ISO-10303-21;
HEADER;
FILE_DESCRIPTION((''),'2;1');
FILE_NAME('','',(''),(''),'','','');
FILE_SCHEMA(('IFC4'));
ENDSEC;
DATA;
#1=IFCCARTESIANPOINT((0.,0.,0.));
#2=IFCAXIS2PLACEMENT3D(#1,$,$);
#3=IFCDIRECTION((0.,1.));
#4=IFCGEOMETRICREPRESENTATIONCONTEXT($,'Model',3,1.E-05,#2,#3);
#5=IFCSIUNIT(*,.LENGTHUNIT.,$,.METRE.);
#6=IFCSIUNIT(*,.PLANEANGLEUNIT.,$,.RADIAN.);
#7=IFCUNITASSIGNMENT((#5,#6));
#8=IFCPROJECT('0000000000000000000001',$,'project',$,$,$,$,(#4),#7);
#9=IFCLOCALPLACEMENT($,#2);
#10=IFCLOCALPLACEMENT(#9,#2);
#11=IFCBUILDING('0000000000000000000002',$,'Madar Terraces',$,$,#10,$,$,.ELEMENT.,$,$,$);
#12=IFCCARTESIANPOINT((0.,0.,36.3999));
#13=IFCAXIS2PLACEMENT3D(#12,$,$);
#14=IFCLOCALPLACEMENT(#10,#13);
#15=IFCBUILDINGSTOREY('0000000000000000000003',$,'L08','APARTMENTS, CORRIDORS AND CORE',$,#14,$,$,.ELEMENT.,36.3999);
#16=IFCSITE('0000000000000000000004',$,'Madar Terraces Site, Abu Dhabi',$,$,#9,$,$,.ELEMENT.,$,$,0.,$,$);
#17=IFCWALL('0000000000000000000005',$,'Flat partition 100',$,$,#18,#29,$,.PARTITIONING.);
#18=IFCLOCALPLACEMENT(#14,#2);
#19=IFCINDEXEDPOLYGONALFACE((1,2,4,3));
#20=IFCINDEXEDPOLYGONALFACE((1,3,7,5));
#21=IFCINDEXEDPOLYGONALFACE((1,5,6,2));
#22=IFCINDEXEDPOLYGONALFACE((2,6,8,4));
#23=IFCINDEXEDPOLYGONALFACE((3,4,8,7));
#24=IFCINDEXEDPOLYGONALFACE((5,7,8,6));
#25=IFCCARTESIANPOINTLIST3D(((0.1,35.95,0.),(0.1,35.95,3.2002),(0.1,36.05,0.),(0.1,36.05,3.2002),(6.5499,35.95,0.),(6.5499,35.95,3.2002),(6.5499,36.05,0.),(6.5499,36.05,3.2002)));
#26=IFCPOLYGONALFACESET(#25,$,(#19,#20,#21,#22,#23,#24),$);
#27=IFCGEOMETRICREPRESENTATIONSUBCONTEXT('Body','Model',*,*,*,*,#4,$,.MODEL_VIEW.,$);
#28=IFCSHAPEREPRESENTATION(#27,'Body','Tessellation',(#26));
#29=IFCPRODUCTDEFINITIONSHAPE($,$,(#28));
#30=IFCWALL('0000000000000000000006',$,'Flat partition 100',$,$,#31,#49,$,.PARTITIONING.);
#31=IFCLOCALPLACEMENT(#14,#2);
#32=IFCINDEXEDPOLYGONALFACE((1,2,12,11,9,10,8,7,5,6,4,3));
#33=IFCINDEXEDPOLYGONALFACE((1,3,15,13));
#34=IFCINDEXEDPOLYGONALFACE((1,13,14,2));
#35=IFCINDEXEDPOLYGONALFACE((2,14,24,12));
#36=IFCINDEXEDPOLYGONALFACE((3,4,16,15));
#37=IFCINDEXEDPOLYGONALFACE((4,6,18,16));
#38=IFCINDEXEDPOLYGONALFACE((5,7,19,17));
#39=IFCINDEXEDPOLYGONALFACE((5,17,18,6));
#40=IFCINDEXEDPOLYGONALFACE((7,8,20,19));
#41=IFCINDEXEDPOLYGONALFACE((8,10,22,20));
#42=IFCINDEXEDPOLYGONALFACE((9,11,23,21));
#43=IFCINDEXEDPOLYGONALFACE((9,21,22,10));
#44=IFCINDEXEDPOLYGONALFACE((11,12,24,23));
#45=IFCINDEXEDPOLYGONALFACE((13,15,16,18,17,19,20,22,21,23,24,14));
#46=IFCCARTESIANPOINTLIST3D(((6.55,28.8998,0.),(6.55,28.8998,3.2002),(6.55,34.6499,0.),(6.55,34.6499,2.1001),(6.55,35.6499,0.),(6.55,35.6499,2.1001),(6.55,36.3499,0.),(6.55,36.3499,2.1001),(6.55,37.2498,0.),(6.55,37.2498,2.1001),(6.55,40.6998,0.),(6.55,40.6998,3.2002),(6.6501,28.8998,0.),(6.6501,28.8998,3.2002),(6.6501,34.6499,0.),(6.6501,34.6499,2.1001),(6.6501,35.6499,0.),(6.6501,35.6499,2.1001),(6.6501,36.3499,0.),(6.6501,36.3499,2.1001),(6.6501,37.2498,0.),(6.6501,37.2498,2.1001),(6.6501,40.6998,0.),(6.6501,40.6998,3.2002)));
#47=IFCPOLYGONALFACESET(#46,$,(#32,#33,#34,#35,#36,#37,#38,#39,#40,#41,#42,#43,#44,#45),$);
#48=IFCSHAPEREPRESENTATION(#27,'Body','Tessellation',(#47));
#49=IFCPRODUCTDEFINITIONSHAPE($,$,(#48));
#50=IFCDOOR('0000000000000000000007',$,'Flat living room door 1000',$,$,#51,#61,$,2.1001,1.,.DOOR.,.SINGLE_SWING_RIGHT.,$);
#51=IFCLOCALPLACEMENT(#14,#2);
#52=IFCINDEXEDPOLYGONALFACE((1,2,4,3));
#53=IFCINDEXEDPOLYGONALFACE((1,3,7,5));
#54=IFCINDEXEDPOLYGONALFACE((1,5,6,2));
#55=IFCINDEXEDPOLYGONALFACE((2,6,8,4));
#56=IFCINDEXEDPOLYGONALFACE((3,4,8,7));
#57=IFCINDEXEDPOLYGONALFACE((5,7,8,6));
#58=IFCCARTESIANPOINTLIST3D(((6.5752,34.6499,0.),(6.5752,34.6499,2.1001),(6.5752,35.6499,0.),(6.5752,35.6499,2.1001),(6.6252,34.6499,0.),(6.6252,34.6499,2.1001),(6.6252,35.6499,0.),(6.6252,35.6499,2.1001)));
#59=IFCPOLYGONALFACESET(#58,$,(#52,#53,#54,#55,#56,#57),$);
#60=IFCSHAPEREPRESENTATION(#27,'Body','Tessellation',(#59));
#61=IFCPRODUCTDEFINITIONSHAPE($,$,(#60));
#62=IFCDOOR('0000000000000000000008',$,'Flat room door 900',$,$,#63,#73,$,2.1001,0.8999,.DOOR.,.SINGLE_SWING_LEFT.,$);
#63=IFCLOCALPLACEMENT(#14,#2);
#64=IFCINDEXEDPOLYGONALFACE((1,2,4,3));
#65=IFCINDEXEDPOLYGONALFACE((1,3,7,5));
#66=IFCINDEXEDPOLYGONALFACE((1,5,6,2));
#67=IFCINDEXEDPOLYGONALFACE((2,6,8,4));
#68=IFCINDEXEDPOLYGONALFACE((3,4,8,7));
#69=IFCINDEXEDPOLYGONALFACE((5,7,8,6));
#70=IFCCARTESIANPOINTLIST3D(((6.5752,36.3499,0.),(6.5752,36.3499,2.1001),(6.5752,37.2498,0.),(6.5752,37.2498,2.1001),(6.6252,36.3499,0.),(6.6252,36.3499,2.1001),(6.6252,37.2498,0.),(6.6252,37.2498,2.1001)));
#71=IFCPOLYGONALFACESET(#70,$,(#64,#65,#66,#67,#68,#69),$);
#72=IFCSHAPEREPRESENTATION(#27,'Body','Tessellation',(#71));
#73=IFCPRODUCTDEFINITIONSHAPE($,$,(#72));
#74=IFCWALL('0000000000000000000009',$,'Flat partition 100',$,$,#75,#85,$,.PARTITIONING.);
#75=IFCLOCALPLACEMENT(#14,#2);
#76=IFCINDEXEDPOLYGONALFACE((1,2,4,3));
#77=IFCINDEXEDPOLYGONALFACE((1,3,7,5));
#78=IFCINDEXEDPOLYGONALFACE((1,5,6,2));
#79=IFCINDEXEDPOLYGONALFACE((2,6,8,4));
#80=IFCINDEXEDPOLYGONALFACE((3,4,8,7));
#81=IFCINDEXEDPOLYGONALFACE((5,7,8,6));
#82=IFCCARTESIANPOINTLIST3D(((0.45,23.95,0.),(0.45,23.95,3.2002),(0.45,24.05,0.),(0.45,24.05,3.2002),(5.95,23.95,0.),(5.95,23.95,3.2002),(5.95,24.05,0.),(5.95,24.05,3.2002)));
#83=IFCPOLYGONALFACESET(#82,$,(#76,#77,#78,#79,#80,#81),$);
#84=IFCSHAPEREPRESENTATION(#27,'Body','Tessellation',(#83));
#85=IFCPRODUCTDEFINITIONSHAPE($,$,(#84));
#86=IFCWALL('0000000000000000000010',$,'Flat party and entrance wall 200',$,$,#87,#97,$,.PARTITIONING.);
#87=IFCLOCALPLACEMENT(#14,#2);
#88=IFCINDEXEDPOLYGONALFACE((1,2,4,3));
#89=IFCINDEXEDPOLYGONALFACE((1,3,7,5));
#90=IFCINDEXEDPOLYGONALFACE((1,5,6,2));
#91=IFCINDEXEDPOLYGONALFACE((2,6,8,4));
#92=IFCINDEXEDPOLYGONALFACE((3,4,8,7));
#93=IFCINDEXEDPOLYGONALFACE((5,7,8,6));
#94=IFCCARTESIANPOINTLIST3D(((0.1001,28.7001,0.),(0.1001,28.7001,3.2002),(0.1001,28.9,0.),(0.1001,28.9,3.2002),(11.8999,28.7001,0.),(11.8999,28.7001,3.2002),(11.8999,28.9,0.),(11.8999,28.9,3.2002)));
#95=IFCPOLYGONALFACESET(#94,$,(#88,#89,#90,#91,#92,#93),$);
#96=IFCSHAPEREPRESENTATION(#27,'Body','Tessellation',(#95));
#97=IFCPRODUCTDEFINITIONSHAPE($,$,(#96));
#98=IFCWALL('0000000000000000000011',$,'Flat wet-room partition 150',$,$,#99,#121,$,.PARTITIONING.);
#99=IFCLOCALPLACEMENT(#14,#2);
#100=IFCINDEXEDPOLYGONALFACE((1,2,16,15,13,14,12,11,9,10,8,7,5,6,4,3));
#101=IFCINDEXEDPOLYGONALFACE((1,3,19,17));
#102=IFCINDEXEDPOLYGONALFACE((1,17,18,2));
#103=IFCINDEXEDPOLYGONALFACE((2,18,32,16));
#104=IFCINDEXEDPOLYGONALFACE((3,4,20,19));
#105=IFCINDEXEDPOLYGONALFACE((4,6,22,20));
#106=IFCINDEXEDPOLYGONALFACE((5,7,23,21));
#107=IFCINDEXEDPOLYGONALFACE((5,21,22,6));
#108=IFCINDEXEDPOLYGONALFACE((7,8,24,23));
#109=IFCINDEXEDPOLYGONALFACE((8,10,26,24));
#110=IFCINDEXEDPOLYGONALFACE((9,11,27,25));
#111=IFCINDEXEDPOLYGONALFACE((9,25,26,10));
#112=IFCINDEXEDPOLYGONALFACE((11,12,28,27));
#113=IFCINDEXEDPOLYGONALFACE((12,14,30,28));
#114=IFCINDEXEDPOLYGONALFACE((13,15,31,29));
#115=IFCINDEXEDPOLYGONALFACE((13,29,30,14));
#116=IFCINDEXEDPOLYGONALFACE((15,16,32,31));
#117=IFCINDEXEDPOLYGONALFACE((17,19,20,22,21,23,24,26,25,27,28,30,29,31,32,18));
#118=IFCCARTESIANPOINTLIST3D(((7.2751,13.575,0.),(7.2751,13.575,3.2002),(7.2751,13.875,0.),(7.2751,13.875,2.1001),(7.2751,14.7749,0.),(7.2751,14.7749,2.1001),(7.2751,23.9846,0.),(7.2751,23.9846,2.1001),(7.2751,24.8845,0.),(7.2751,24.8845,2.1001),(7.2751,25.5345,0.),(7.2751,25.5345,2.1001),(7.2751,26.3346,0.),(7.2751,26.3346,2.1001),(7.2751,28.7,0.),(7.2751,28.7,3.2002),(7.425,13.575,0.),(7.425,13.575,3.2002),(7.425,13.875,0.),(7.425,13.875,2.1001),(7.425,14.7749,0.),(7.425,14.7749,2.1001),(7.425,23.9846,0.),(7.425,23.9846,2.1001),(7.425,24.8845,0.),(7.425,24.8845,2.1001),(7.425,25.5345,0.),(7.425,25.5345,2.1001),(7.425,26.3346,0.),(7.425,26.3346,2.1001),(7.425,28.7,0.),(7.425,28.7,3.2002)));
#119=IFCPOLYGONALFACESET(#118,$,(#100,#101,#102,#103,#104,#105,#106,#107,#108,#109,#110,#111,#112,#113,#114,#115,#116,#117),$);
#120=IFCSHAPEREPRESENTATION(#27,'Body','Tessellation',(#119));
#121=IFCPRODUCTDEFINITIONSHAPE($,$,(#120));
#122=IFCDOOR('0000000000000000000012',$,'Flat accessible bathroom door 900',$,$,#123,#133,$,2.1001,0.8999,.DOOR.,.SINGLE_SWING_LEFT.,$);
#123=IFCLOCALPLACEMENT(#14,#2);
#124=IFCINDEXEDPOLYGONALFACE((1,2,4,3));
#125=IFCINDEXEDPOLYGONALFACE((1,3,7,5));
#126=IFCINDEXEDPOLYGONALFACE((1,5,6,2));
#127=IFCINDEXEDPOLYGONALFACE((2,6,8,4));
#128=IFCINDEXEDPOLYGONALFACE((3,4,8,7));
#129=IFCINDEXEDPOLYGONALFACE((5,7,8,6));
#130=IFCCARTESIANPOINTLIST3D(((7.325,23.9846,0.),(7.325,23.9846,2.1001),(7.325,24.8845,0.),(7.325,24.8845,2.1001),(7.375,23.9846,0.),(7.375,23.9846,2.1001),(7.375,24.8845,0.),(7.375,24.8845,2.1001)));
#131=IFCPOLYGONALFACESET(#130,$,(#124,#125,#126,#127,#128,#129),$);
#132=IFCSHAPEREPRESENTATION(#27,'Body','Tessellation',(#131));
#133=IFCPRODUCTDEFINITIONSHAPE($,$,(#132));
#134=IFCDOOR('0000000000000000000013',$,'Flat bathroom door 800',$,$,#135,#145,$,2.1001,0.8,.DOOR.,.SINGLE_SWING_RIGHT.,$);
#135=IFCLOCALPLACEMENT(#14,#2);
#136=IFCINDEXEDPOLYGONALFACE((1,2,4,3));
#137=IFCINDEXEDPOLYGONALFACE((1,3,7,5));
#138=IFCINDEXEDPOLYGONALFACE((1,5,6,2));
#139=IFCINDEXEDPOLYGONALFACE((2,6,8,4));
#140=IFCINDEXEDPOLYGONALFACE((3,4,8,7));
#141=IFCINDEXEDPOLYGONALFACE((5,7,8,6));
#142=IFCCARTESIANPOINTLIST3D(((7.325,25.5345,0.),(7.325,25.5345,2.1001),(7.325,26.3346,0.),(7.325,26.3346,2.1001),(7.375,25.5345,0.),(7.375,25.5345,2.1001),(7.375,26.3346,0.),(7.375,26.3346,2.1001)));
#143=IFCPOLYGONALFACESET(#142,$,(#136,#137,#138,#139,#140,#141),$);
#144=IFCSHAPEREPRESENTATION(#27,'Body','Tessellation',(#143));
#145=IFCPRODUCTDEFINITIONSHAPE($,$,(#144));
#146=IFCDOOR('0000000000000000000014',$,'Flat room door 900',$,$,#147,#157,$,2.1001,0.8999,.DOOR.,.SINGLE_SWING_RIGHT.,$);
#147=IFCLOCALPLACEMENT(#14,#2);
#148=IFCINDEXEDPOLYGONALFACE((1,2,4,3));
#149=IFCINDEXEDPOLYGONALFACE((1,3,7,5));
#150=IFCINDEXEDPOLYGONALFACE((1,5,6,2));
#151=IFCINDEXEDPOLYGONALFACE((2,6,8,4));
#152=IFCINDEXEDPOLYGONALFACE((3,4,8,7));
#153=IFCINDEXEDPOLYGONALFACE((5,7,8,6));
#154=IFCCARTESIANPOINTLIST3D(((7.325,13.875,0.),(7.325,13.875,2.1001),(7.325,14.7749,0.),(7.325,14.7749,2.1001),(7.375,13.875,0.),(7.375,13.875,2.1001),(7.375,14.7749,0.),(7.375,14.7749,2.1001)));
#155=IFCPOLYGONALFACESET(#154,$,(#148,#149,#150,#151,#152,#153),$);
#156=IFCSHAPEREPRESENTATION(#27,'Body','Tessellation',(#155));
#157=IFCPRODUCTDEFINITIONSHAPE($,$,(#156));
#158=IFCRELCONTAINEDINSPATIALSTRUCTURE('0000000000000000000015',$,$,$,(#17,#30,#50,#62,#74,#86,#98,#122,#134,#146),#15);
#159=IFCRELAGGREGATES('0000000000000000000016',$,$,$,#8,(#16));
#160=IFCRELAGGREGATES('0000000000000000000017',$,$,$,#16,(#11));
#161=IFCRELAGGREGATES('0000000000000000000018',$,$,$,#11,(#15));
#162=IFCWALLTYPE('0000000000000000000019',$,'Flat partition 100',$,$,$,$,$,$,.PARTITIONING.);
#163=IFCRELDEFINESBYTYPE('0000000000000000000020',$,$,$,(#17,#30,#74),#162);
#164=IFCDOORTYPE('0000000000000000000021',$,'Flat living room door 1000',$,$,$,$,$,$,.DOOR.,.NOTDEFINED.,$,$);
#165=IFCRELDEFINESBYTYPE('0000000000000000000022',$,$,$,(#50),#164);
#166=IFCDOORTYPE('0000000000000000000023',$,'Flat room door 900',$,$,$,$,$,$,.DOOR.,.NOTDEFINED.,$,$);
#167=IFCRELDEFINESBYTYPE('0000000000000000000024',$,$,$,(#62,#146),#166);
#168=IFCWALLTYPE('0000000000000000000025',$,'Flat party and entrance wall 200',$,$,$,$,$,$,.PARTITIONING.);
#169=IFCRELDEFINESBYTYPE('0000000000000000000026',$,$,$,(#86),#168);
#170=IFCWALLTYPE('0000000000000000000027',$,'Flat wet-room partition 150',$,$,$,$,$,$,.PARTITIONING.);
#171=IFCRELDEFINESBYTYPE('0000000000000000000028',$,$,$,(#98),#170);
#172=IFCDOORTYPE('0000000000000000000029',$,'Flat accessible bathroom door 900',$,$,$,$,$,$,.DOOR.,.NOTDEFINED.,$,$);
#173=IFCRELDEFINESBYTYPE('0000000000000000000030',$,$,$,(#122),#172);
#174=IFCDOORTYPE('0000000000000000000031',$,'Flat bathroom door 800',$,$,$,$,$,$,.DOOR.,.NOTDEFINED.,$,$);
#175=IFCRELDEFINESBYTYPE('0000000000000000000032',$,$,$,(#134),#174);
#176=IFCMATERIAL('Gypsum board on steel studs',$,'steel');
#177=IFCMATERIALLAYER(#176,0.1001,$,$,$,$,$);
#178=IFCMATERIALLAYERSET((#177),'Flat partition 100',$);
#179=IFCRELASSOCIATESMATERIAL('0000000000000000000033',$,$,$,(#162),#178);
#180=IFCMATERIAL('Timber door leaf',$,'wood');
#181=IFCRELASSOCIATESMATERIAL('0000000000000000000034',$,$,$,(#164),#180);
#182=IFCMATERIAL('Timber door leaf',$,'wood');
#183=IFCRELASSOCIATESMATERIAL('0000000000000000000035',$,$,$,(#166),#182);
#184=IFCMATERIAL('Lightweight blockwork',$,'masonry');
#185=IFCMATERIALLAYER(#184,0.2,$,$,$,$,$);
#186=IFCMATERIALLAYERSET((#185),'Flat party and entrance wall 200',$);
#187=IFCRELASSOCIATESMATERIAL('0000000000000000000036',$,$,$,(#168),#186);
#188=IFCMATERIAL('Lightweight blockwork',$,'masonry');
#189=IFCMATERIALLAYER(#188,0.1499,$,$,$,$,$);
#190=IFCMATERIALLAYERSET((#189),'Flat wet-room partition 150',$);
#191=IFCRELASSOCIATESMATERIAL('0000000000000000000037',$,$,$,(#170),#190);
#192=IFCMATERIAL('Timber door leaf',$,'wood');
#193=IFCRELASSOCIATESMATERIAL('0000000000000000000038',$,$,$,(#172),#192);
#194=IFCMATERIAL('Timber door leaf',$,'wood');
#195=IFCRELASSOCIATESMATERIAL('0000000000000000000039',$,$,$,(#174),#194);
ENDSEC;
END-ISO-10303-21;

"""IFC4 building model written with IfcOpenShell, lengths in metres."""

from ifc_helpers import new_model, si_unit, direction, frame, frame_2d, origin, place, context, subcontext, project, spatial, rectangle, extrude, material, layer, layer_set, type_object, element, fill, save


model = new_model("IFC4")

# Units and contexts
model_context = context("Model", 3, precision=1e-05, world=origin(), true_north=direction((0.0, 1.0)))
body_context = subcontext(model_context, "Body", "Model", "MODEL_VIEW")
ifc_project = project(units=[si_unit("LENGTHUNIT", "METRE"), si_unit("PLANEANGLEUNIT", "RADIAN")], contexts=[model_context])

# Site, building, storey
site_placement = place(None, origin())
site = spatial("IfcSite", under=ifc_project, at=site_placement, Name="Madar Terraces Site, Abu Dhabi", CompositionType="ELEMENT", RefElevation=0.0)
building_placement = place(site_placement, origin())
building = spatial("IfcBuilding", under=site, at=building_placement, Name="Madar Terraces", CompositionType="ELEMENT")
storey_placement = place(building_placement, frame((0.0, 0.0, 36.3999)))
storey = spatial("IfcBuildingStorey", under=building, at=storey_placement, Name="L08", Description="APARTMENTS, CORRIDORS AND CORE", CompositionType="ELEMENT", Elevation=36.3999)

# Wall
ifc_material_1 = material(Name="Gypsum board on steel studs", Category="steel")
ifc_layer_1 = layer(ifc_material_1, 0.1001)
ifc_layer_set_1 = layer_set([ifc_layer_1], Name="Flat partition 100")
wall_type_1 = type_object("IfcWallType", Name="Flat partition 100", PredefinedType="PARTITIONING", material=ifc_layer_set_1)
wall_1_placement = place(storey_placement, frame((6.55, 36.0, 0.0), z_axis=(0.0, 0.0, 1.0), x_axis=(-1.0, 0.0, 0.0)))
element("IfcWall", 1, at=wall_1_placement, inside=storey, type_object=wall_type_1, Name="Flat partition 100", PredefinedType="PARTITIONING", context=body_context, shape_type="SweptSolid", body=[
    extrude(rectangle(XDim=6.45, YDim=0.1001, at=frame_2d((3.2251, 0.0))), origin(), (0.0, 0.0, 1.0), 3.2002),
])

# Wall, openings, doors
wall_2_placement = place(storey_placement, frame((6.6001, 28.8999, 0.0), z_axis=(0.0, 0.0, 1.0), x_axis=(0.0, 1.0, 0.0)))
wall_2 = element("IfcWall", 2, at=wall_2_placement, inside=storey, type_object=wall_type_1, Name="Flat partition 100", PredefinedType="PARTITIONING", context=body_context, shape_type="SweptSolid", body=[
    extrude(rectangle(XDim=11.8, YDim=0.1001, at=frame_2d((5.8999, 0.0))), origin(), (0.0, 0.0, 1.0), 3.2002),
])
opening_1_placement = place(wall_2_placement, frame((5.75, 0.0, 0.0)))
opening_1 = element("IfcOpeningElement", 3, at=opening_1_placement, cuts=wall_2, PredefinedType="OPENING", context=body_context, shape_type="SweptSolid", body=[
    extrude(rectangle(XDim=1.0, YDim=2.1001, at=frame_2d((0.5, 1.05))), frame((0.0, 0.0601, 0.0), z_axis=(0.0, -1.0, 0.0), x_axis=(1.0, 0.0, 0.0)), (0.0, 0.0, 1.0), 0.1201),
])
opening_2_placement = place(wall_2_placement, frame((7.45, 0.0, 0.0)))
opening_2 = element("IfcOpeningElement", 4, at=opening_2_placement, cuts=wall_2, PredefinedType="OPENING", context=body_context, shape_type="SweptSolid", body=[
    extrude(rectangle(XDim=0.8999, YDim=2.1001, at=frame_2d((0.45, 1.05))), frame((0.0, 0.0601, 0.0), z_axis=(0.0, -1.0, 0.0), x_axis=(1.0, 0.0, 0.0)), (0.0, 0.0, 1.0), 0.1201),
])
ifc_material_2 = material(Name="Timber door leaf", Category="wood")
door_type_1 = type_object("IfcDoorType", Name="Flat living room door 1000", OperationType="NOTDEFINED", PredefinedType="DOOR", material=ifc_material_2)
door_1_placement = place(opening_1_placement, origin())
door_1 = element("IfcDoor", 5, at=door_1_placement, inside=storey, type_object=door_type_1, Name="Flat living room door 1000", OperationType="SINGLE_SWING_RIGHT", OverallHeight=2.1001, OverallWidth=1.0, PredefinedType="DOOR", context=body_context, shape_type="SweptSolid", body=[
    extrude(rectangle(XDim=1.0, YDim=2.1001, at=frame_2d((0.5, 1.05))), frame((0.0, 0.0249, 0.0), z_axis=(0.0, -1.0, 0.0), x_axis=(1.0, 0.0, 0.0)), (0.0, 0.0, 1.0), 0.05),
])
fill(opening_1, door_1)
ifc_material_3 = material(Name="Timber door leaf", Category="wood")
door_type_2 = type_object("IfcDoorType", Name="Flat room door 900", OperationType="NOTDEFINED", PredefinedType="DOOR", material=ifc_material_3)
door_2_placement = place(opening_2_placement, origin())
door_2 = element("IfcDoor", 6, at=door_2_placement, inside=storey, type_object=door_type_2, Name="Flat room door 900", OperationType="SINGLE_SWING_LEFT", OverallHeight=2.1001, OverallWidth=0.8999, PredefinedType="DOOR", context=body_context, shape_type="SweptSolid", body=[
    extrude(rectangle(XDim=0.8999, YDim=2.1001, at=frame_2d((0.45, 1.05))), frame((0.0, 0.0249, 0.0), z_axis=(0.0, -1.0, 0.0), x_axis=(1.0, 0.0, 0.0)), (0.0, 0.0, 1.0), 0.05),
])
fill(opening_2, door_2)

# Walls
wall_3_placement = place(storey_placement, frame((5.95, 24.0, 0.0), z_axis=(0.0, 0.0, 1.0), x_axis=(-1.0, 0.0, 0.0)))
element("IfcWall", 7, at=wall_3_placement, inside=storey, type_object=wall_type_1, Name="Flat partition 100", PredefinedType="PARTITIONING", context=body_context, shape_type="SweptSolid", body=[
    extrude(rectangle(XDim=5.5, YDim=0.1001, at=frame_2d((2.75, 0.0))), origin(), (0.0, 0.0, 1.0), 3.2002),
])
ifc_material_4 = material(Name="Lightweight blockwork", Category="masonry")
ifc_layer_2 = layer(ifc_material_4, 0.2)
ifc_layer_set_2 = layer_set([ifc_layer_2], Name="Flat party and entrance wall 200")
wall_type_2 = type_object("IfcWallType", Name="Flat party and entrance wall 200", PredefinedType="PARTITIONING", material=ifc_layer_set_2)
wall_4_placement = place(storey_placement, frame((0.1001, 28.8, 0.0), z_axis=(0.0, 0.0, 1.0), x_axis=(1.0, 0.0, 0.0)))
element("IfcWall", 8, at=wall_4_placement, inside=storey, type_object=wall_type_2, Name="Flat party and entrance wall 200", PredefinedType="PARTITIONING", context=body_context, shape_type="SweptSolid", body=[
    extrude(rectangle(XDim=11.7998, YDim=0.2, at=frame_2d((5.8999, 0.0))), origin(), (0.0, 0.0, 1.0), 3.2002),
])

# Wall, openings, doors
ifc_material_5 = material(Name="Lightweight blockwork", Category="masonry")
ifc_layer_3 = layer(ifc_material_5, 0.1499)
ifc_layer_set_3 = layer_set([ifc_layer_3], Name="Flat wet-room partition 150")
wall_type_3 = type_object("IfcWallType", Name="Flat wet-room partition 150", PredefinedType="PARTITIONING", material=ifc_layer_set_3)
wall_5_placement = place(storey_placement, frame((7.3501, 28.7, 0.0), z_axis=(0.0, 0.0, 1.0), x_axis=(0.0, -1.0, 0.0)))
wall_5 = element("IfcWall", 9, at=wall_5_placement, inside=storey, type_object=wall_type_3, Name="Flat wet-room partition 150", PredefinedType="PARTITIONING", context=body_context, shape_type="SweptSolid", body=[
    extrude(rectangle(XDim=15.125, YDim=0.1499, at=frame_2d((7.5625, 0.0))), origin(), (0.0, 0.0, 1.0), 3.2002),
])
opening_3_placement = place(wall_5_placement, frame((13.925, 0.0, 0.0)))
opening_3 = element("IfcOpeningElement", 10, at=opening_3_placement, cuts=wall_5, PredefinedType="OPENING", context=body_context, shape_type="SweptSolid", body=[
    extrude(rectangle(XDim=0.8999, YDim=2.1001, at=frame_2d((0.45, 1.05))), frame((0.0, 0.085, 0.0), z_axis=(0.0, -1.0, 0.0), x_axis=(1.0, 0.0, 0.0)), (0.0, 0.0, 1.0), 0.1699),
])
opening_4_placement = place(wall_5_placement, frame((3.8154, 0.0, 0.0)))
opening_4 = element("IfcOpeningElement", 11, at=opening_4_placement, cuts=wall_5, PredefinedType="OPENING", context=body_context, shape_type="SweptSolid", body=[
    extrude(rectangle(XDim=0.8999, YDim=2.1001, at=frame_2d((0.45, 1.05))), frame((0.0, 0.085, 0.0), z_axis=(0.0, -1.0, 0.0), x_axis=(1.0, 0.0, 0.0)), (0.0, 0.0, 1.0), 0.1699),
])
opening_5_placement = place(wall_5_placement, frame((2.3655, 0.0, 0.0)))
opening_5 = element("IfcOpeningElement", 12, at=opening_5_placement, cuts=wall_5, PredefinedType="OPENING", context=body_context, shape_type="SweptSolid", body=[
    extrude(rectangle(XDim=0.8, YDim=2.1001, at=frame_2d((0.3999, 1.05))), frame((0.0, 0.085, 0.0), z_axis=(0.0, -1.0, 0.0), x_axis=(1.0, 0.0, 0.0)), (0.0, 0.0, 1.0), 0.1699),
])
ifc_material_6 = material(Name="Timber door leaf", Category="wood")
door_type_3 = type_object("IfcDoorType", Name="Flat accessible bathroom door 900", OperationType="NOTDEFINED", PredefinedType="DOOR", material=ifc_material_6)
door_3_placement = place(opening_4_placement, origin())
door_3 = element("IfcDoor", 13, at=door_3_placement, inside=storey, type_object=door_type_3, Name="Flat accessible bathroom door 900", OperationType="SINGLE_SWING_LEFT", OverallHeight=2.1001, OverallWidth=0.8999, PredefinedType="DOOR", context=body_context, shape_type="SweptSolid", body=[
    extrude(rectangle(XDim=0.8999, YDim=2.1001, at=frame_2d((0.45, 1.05))), frame((0.0, 0.0249, 0.0), z_axis=(0.0, -1.0, 0.0), x_axis=(1.0, 0.0, 0.0)), (0.0, 0.0, 1.0), 0.05),
])
fill(opening_4, door_3)
ifc_material_7 = material(Name="Timber door leaf", Category="wood")
door_type_4 = type_object("IfcDoorType", Name="Flat bathroom door 800", OperationType="NOTDEFINED", PredefinedType="DOOR", material=ifc_material_7)
door_4_placement = place(opening_5_placement, origin())
door_4 = element("IfcDoor", 14, at=door_4_placement, inside=storey, type_object=door_type_4, Name="Flat bathroom door 800", OperationType="SINGLE_SWING_RIGHT", OverallHeight=2.1001, OverallWidth=0.8, PredefinedType="DOOR", context=body_context, shape_type="SweptSolid", body=[
    extrude(rectangle(XDim=0.8, YDim=2.1001, at=frame_2d((0.3999, 1.05))), frame((0.0, 0.0249, 0.0), z_axis=(0.0, -1.0, 0.0), x_axis=(1.0, 0.0, 0.0)), (0.0, 0.0, 1.0), 0.05),
])
fill(opening_5, door_4)
door_5_placement = place(opening_3_placement, origin())
door_5 = element("IfcDoor", 15, at=door_5_placement, inside=storey, type_object=door_type_2, Name="Flat room door 900", OperationType="SINGLE_SWING_RIGHT", OverallHeight=2.1001, OverallWidth=0.8999, PredefinedType="DOOR", context=body_context, shape_type="SweptSolid", body=[
    extrude(rectangle(XDim=0.8999, YDim=2.1001, at=frame_2d((0.45, 1.05))), frame((0.0, 0.0249, 0.0), z_axis=(0.0, -1.0, 0.0), x_axis=(1.0, 0.0, 0.0)), (0.0, 0.0, 1.0), 0.05),
])
fill(opening_3, door_5)

save(model, "model.ifc")
